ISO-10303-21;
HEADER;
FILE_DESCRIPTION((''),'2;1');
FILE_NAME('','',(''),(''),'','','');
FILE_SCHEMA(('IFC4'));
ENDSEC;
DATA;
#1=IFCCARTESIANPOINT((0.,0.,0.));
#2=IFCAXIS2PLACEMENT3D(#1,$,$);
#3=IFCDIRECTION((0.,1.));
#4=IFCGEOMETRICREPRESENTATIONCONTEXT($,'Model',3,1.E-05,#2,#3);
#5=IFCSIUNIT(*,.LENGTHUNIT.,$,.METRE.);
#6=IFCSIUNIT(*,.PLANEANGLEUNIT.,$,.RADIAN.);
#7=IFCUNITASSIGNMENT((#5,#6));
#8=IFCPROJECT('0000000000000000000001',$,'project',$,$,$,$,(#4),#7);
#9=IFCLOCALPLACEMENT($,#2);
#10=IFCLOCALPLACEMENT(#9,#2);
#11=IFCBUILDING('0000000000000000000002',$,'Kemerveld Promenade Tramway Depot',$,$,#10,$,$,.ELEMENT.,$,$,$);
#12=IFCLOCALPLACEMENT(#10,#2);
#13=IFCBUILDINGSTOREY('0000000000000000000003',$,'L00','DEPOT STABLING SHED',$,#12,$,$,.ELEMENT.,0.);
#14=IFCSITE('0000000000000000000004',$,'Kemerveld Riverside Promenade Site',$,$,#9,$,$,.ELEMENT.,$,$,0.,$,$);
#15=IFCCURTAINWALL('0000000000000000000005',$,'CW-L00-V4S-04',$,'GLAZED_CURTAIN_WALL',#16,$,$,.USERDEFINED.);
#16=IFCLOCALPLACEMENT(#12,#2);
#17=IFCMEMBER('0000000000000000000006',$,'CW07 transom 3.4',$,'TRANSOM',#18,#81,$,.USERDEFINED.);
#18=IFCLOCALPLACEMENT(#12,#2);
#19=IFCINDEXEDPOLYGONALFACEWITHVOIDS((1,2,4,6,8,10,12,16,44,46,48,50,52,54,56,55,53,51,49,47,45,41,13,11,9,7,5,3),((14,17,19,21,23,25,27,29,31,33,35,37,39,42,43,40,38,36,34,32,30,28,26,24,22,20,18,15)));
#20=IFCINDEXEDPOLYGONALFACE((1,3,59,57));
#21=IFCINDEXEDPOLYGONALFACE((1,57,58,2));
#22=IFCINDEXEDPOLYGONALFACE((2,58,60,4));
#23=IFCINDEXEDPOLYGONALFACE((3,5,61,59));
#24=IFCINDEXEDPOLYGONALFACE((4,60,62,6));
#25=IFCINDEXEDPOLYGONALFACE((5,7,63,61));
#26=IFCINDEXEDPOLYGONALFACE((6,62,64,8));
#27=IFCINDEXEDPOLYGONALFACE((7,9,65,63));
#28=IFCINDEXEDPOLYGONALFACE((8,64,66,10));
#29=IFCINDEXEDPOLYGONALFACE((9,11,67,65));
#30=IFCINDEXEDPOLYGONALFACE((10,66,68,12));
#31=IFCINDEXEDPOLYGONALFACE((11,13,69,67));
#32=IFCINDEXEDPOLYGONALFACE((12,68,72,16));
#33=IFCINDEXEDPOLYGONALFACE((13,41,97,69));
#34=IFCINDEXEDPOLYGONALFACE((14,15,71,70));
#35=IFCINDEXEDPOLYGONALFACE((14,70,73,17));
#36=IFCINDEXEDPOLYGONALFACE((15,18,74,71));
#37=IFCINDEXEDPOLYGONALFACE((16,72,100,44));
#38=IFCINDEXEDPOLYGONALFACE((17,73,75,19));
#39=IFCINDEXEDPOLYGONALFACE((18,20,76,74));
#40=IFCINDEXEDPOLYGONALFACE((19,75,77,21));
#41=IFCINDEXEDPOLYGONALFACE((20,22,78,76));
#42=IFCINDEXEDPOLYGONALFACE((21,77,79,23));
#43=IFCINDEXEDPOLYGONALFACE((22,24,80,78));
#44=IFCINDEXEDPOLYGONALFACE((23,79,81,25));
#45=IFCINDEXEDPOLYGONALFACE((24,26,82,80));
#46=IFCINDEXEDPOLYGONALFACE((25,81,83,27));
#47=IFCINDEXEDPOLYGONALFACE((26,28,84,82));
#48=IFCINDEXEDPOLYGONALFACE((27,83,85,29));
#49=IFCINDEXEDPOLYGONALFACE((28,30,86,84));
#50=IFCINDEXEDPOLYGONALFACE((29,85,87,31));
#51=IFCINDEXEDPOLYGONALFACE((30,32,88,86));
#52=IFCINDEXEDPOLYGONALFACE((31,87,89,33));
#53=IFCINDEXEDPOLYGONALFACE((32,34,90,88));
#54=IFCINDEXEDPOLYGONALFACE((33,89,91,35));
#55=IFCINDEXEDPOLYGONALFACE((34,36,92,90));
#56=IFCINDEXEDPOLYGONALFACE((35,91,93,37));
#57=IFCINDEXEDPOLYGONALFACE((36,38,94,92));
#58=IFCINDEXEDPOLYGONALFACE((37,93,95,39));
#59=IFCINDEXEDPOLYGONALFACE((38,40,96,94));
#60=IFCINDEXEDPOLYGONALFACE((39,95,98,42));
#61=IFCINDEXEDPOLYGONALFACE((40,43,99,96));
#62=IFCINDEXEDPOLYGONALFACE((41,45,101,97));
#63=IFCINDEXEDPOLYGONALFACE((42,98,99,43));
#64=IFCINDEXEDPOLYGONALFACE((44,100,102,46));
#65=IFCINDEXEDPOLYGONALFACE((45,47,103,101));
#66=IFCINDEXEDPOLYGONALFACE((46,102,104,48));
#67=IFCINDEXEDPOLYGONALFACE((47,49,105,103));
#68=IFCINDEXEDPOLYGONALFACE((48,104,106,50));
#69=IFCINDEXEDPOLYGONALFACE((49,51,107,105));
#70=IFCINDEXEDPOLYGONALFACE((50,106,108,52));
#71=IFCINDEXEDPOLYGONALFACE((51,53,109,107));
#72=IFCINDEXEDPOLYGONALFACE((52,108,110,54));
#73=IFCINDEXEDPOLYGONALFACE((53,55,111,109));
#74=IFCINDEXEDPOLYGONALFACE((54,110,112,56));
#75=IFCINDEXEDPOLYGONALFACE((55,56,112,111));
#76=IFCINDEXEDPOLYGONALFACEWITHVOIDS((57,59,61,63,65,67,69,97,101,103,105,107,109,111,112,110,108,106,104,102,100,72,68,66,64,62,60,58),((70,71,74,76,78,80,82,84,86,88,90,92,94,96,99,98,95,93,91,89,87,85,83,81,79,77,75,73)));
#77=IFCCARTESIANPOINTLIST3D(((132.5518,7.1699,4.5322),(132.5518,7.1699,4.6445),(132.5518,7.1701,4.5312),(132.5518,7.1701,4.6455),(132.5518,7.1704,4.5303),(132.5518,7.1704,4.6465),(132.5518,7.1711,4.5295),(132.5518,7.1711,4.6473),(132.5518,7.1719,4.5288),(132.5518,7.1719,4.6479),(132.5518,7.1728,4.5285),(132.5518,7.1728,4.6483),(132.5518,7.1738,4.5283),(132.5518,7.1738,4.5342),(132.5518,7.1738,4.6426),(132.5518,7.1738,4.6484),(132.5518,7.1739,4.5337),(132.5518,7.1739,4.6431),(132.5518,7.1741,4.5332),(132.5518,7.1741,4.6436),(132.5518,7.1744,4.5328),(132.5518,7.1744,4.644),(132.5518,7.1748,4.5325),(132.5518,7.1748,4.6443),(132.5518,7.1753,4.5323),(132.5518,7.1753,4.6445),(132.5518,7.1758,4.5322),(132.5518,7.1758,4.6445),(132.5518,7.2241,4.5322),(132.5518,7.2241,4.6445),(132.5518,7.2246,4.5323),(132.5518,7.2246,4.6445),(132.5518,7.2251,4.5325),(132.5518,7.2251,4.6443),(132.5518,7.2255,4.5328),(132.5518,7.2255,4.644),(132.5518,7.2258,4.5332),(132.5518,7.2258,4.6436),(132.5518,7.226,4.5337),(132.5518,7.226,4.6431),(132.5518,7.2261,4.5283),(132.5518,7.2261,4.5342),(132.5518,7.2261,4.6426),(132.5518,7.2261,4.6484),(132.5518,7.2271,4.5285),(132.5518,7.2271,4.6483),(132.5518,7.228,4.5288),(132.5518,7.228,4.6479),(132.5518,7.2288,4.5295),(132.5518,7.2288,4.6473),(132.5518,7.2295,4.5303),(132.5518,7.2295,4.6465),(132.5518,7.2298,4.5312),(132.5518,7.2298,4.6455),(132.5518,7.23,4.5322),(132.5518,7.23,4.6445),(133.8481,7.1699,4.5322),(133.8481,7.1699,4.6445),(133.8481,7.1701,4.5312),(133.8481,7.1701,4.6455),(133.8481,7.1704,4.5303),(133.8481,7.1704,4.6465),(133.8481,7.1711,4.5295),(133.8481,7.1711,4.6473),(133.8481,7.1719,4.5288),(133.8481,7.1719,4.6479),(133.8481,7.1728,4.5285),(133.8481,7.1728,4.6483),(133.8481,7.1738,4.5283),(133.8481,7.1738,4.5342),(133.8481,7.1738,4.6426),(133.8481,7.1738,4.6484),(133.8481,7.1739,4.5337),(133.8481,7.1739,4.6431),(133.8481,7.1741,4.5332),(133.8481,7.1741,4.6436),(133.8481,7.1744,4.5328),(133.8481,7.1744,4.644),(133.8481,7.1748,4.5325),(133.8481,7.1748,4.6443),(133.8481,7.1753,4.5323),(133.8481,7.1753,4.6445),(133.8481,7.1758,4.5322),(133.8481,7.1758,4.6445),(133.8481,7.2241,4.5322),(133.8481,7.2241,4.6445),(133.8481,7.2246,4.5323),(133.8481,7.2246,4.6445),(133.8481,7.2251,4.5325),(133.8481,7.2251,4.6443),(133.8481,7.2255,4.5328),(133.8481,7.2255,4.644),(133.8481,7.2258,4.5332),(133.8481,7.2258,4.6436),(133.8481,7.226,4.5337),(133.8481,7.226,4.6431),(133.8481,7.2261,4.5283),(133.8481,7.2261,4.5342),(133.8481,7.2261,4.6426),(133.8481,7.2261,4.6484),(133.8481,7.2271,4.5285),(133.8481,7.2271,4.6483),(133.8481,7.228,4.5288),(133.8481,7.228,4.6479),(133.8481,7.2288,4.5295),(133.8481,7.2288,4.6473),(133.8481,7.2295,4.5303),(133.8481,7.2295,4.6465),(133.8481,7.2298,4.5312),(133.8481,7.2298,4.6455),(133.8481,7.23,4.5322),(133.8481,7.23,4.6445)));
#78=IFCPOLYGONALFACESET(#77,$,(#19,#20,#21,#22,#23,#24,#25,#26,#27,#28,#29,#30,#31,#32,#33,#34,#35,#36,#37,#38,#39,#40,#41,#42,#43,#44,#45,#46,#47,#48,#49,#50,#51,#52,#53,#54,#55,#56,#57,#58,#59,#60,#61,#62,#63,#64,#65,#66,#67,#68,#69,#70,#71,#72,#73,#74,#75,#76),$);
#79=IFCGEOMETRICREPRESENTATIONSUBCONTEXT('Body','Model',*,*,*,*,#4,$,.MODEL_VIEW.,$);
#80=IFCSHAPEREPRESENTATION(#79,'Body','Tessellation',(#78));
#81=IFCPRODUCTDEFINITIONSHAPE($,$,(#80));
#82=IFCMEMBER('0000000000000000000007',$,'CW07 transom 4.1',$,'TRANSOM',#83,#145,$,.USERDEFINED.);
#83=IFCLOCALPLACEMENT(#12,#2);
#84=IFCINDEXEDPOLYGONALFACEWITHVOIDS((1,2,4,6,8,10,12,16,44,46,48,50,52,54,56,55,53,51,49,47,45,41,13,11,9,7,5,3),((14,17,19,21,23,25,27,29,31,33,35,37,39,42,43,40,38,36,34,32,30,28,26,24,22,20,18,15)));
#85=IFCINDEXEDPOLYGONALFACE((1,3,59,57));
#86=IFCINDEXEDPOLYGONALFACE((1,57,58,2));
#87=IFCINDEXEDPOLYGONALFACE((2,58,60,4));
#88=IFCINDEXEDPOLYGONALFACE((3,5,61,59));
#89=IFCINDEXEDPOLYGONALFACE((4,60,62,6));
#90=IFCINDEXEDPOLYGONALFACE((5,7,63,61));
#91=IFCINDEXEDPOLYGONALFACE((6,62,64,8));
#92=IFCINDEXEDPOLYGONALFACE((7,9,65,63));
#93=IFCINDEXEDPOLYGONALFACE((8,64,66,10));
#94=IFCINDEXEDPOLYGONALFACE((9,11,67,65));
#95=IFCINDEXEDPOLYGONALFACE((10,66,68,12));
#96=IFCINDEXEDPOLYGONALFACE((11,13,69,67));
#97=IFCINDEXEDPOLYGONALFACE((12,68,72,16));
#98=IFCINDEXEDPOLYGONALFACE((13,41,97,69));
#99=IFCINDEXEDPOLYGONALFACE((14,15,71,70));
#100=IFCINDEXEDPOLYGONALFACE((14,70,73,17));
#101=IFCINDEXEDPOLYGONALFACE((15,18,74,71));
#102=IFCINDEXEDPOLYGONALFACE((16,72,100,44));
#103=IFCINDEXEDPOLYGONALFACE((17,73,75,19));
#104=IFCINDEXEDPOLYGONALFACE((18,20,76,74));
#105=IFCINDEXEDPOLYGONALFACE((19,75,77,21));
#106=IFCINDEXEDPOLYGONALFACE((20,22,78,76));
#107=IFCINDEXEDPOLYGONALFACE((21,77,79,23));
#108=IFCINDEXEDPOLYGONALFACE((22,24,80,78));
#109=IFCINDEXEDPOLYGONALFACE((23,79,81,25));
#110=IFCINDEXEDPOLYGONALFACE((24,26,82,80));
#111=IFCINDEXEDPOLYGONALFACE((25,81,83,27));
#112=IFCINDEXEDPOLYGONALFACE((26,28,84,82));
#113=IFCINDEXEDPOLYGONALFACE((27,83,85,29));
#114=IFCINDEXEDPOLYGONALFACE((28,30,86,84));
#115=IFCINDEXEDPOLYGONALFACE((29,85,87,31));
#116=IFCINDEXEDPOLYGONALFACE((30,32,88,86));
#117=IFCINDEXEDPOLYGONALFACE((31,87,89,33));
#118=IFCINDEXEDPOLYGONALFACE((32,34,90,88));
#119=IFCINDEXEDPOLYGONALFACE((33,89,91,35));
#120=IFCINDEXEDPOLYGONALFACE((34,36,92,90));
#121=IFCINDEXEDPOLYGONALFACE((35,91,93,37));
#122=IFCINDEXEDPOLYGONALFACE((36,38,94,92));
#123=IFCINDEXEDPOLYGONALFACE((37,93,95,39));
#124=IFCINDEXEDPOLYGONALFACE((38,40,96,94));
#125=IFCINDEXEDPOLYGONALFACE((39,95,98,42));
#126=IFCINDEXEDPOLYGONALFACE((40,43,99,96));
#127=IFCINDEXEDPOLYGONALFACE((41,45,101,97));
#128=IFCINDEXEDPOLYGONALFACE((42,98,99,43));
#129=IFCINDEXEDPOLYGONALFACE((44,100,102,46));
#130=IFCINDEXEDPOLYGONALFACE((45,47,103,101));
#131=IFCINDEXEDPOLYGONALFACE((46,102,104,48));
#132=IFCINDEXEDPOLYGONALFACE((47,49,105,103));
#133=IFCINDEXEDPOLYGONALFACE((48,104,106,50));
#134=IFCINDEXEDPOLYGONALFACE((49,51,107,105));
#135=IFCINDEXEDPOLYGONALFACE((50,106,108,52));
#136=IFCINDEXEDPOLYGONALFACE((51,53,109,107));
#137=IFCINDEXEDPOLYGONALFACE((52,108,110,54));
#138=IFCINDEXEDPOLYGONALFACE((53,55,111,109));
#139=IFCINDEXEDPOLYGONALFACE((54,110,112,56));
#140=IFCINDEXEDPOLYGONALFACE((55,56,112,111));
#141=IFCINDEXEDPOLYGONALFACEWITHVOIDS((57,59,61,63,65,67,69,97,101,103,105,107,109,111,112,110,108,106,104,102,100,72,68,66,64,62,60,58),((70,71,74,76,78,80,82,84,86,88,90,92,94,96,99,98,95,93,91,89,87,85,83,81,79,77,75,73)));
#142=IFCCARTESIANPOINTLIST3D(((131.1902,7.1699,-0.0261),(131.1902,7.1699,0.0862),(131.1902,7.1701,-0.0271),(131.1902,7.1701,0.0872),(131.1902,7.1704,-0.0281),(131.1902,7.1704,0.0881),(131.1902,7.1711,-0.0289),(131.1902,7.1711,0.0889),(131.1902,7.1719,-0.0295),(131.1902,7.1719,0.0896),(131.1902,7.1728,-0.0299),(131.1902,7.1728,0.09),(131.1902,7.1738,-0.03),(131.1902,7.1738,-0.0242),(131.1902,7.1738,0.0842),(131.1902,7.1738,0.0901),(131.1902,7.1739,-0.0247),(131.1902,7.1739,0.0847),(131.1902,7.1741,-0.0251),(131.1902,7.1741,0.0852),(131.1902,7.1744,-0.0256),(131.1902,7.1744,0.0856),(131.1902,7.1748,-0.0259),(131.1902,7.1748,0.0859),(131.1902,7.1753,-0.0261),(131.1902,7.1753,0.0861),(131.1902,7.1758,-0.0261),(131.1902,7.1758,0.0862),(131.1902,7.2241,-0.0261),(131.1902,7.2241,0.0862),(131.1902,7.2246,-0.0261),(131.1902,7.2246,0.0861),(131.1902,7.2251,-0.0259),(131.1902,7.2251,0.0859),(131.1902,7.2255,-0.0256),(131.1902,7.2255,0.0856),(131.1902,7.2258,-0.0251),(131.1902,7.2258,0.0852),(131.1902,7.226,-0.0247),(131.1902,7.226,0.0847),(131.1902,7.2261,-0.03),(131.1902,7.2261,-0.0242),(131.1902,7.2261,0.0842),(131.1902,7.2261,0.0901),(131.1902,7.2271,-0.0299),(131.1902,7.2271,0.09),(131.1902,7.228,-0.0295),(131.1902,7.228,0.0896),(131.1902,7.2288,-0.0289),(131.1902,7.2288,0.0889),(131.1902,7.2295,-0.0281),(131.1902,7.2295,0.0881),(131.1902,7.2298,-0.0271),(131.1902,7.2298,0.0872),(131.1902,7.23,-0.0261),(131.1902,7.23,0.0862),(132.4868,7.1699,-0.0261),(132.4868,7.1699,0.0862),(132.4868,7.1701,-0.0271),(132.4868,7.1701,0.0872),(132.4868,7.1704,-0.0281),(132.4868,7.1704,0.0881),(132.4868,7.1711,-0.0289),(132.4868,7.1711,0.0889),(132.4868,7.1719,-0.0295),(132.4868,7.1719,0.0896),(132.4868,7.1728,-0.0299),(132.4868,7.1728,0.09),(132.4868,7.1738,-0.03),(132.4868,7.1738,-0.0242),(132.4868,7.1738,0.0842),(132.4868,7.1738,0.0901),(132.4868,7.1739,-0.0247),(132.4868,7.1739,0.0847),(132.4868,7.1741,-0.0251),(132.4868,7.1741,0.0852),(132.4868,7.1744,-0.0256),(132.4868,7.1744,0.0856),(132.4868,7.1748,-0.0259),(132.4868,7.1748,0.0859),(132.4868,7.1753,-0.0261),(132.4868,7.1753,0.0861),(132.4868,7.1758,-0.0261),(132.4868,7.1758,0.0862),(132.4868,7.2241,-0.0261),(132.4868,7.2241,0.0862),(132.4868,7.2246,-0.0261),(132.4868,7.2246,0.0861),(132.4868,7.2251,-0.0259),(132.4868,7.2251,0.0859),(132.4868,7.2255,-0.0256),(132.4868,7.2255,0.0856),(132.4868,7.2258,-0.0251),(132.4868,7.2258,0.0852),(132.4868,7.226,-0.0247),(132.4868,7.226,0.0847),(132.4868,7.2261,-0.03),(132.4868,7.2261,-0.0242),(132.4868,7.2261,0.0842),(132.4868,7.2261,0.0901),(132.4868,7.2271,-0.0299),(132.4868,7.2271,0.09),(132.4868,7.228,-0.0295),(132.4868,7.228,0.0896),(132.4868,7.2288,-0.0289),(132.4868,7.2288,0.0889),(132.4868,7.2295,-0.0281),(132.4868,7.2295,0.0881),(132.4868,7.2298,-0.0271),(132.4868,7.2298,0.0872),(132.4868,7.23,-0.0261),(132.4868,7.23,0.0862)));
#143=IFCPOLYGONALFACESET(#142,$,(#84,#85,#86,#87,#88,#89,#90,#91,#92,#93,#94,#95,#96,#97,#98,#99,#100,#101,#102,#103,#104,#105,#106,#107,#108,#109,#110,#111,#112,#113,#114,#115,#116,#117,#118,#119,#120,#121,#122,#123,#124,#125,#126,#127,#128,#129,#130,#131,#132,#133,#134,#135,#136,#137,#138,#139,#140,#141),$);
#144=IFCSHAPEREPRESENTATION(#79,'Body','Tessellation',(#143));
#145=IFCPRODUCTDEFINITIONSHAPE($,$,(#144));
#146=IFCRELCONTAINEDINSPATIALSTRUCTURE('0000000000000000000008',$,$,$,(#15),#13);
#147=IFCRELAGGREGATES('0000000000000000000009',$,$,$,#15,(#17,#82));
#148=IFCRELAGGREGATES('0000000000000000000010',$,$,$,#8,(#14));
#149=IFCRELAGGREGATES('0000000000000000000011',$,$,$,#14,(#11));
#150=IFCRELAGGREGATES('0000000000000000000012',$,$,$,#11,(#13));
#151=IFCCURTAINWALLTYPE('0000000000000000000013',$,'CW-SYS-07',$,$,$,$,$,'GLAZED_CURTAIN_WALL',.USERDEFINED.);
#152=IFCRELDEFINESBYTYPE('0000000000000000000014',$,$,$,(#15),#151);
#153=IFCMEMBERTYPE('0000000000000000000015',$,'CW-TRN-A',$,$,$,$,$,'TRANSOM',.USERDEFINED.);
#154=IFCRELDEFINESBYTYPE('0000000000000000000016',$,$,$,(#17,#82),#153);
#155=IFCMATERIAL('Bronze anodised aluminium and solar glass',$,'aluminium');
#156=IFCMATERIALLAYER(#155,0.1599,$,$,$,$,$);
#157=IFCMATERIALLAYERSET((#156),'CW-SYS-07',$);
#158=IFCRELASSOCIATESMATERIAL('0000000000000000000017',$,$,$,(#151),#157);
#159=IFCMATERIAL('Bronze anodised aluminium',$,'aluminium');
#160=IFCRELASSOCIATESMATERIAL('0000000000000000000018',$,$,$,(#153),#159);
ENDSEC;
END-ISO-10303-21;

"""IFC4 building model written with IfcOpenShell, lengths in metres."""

from ifc_helpers import new_model, si_unit, direction, frame, origin, origin_2d, place, context, subcontext, project, spatial, hollow_rectangle, extrude, material, layer, layer_set, material_profile, profile_set, type_object, element, aggregate, save


model = new_model("IFC4")

# Units and contexts
model_context = context("Model", 3, precision=1e-05, world=origin(), true_north=direction((0.0, 1.0)))
body_context = subcontext(model_context, "Body", "Model", "MODEL_VIEW")
ifc_project = project(units=[si_unit("LENGTHUNIT", "METRE"), si_unit("PLANEANGLEUNIT", "RADIAN")], contexts=[model_context])

# Site, building, storey
site_placement = place(None, origin())
site = spatial("IfcSite", under=ifc_project, at=site_placement, Name="Kemerveld Riverside Promenade Site", CompositionType="ELEMENT", RefElevation=0.0)
building_placement = place(site_placement, origin())
building = spatial("IfcBuilding", under=site, at=building_placement, Name="Kemerveld Promenade Tramway Depot", CompositionType="ELEMENT")
storey_placement = place(building_placement, origin())
storey = spatial("IfcBuildingStorey", under=building, at=storey_placement, Name="L00", Description="DEPOT STABLING SHED", CompositionType="ELEMENT", Elevation=0.0)

# Curtain wall, members
ifc_material_1 = material(Name="Bronze anodised aluminium and solar glass", Category="aluminium")
ifc_layer_1 = layer(ifc_material_1, 0.1599)
ifc_layer_set_1 = layer_set([ifc_layer_1], Name="CW-SYS-07")
curtain_wall_type = type_object("IfcCurtainWallType", Name="CW-SYS-07", ElementType="GLAZED_CURTAIN_WALL", PredefinedType="USERDEFINED", material=ifc_layer_set_1)
curtain_wall_placement = place(storey_placement, origin())
curtain_wall = element("IfcCurtainWall", 1, at=curtain_wall_placement, inside=storey, type_object=curtain_wall_type, Name="CW-L00-V4S-04", ObjectType="GLAZED_CURTAIN_WALL", PredefinedType="USERDEFINED")
ifc_material_2 = material(Name="Bronze anodised aluminium", Category="aluminium")
ifc_material_profile_1 = material_profile(ifc_material_2, hollow_rectangle(XDim=0.0601, YDim=0.1201, WallThickness=0.0039, InnerFilletRadius=0.002, OuterFilletRadius=0.0039, at=origin_2d()), Name="CW-TRN-120x60")
ifc_profile_set_1 = profile_set([ifc_material_profile_1], Name="Bronze anodised aluminium")
member_type_1 = type_object("IfcMemberType", Name="CW-TRN-A", ElementType="TRANSOM", PredefinedType="USERDEFINED", material=ifc_profile_set_1)
member_1_placement = place(storey_placement, frame((133.8481, 7.2, 4.5884), z_axis=(-1.0, 0.0, 0.0), x_axis=(0.0, -1.0, 0.0)))
member_1 = element("IfcMember", 2, at=member_1_placement, type_object=member_type_1, Name="CW07 transom 3.4", ObjectType="TRANSOM", PredefinedType="USERDEFINED", context=body_context, shape_type="SweptSolid", body=[
    extrude(hollow_rectangle(XDim=0.0601, YDim=0.1201, WallThickness=0.0039, InnerFilletRadius=0.002, OuterFilletRadius=0.0039, at=origin_2d()), origin(), (0.0, 0.0, 1.0), 1.2964),
])
member_2_placement = place(storey_placement, frame((132.4868, 7.2, 0.03), z_axis=(-1.0, 0.0, 0.0), x_axis=(0.0, -1.0, 0.0)))
member_2 = element("IfcMember", 3, at=member_2_placement, type_object=member_type_1, Name="CW07 transom 4.1", ObjectType="TRANSOM", PredefinedType="USERDEFINED", context=body_context, shape_type="SweptSolid", body=[
    extrude(hollow_rectangle(XDim=0.0601, YDim=0.1201, WallThickness=0.0039, InnerFilletRadius=0.002, OuterFilletRadius=0.0039, at=origin_2d()), origin(), (0.0, 0.0, 1.0), 1.2966),
])
aggregate(curtain_wall, [member_1, member_2])

save(model, "model.ifc")
